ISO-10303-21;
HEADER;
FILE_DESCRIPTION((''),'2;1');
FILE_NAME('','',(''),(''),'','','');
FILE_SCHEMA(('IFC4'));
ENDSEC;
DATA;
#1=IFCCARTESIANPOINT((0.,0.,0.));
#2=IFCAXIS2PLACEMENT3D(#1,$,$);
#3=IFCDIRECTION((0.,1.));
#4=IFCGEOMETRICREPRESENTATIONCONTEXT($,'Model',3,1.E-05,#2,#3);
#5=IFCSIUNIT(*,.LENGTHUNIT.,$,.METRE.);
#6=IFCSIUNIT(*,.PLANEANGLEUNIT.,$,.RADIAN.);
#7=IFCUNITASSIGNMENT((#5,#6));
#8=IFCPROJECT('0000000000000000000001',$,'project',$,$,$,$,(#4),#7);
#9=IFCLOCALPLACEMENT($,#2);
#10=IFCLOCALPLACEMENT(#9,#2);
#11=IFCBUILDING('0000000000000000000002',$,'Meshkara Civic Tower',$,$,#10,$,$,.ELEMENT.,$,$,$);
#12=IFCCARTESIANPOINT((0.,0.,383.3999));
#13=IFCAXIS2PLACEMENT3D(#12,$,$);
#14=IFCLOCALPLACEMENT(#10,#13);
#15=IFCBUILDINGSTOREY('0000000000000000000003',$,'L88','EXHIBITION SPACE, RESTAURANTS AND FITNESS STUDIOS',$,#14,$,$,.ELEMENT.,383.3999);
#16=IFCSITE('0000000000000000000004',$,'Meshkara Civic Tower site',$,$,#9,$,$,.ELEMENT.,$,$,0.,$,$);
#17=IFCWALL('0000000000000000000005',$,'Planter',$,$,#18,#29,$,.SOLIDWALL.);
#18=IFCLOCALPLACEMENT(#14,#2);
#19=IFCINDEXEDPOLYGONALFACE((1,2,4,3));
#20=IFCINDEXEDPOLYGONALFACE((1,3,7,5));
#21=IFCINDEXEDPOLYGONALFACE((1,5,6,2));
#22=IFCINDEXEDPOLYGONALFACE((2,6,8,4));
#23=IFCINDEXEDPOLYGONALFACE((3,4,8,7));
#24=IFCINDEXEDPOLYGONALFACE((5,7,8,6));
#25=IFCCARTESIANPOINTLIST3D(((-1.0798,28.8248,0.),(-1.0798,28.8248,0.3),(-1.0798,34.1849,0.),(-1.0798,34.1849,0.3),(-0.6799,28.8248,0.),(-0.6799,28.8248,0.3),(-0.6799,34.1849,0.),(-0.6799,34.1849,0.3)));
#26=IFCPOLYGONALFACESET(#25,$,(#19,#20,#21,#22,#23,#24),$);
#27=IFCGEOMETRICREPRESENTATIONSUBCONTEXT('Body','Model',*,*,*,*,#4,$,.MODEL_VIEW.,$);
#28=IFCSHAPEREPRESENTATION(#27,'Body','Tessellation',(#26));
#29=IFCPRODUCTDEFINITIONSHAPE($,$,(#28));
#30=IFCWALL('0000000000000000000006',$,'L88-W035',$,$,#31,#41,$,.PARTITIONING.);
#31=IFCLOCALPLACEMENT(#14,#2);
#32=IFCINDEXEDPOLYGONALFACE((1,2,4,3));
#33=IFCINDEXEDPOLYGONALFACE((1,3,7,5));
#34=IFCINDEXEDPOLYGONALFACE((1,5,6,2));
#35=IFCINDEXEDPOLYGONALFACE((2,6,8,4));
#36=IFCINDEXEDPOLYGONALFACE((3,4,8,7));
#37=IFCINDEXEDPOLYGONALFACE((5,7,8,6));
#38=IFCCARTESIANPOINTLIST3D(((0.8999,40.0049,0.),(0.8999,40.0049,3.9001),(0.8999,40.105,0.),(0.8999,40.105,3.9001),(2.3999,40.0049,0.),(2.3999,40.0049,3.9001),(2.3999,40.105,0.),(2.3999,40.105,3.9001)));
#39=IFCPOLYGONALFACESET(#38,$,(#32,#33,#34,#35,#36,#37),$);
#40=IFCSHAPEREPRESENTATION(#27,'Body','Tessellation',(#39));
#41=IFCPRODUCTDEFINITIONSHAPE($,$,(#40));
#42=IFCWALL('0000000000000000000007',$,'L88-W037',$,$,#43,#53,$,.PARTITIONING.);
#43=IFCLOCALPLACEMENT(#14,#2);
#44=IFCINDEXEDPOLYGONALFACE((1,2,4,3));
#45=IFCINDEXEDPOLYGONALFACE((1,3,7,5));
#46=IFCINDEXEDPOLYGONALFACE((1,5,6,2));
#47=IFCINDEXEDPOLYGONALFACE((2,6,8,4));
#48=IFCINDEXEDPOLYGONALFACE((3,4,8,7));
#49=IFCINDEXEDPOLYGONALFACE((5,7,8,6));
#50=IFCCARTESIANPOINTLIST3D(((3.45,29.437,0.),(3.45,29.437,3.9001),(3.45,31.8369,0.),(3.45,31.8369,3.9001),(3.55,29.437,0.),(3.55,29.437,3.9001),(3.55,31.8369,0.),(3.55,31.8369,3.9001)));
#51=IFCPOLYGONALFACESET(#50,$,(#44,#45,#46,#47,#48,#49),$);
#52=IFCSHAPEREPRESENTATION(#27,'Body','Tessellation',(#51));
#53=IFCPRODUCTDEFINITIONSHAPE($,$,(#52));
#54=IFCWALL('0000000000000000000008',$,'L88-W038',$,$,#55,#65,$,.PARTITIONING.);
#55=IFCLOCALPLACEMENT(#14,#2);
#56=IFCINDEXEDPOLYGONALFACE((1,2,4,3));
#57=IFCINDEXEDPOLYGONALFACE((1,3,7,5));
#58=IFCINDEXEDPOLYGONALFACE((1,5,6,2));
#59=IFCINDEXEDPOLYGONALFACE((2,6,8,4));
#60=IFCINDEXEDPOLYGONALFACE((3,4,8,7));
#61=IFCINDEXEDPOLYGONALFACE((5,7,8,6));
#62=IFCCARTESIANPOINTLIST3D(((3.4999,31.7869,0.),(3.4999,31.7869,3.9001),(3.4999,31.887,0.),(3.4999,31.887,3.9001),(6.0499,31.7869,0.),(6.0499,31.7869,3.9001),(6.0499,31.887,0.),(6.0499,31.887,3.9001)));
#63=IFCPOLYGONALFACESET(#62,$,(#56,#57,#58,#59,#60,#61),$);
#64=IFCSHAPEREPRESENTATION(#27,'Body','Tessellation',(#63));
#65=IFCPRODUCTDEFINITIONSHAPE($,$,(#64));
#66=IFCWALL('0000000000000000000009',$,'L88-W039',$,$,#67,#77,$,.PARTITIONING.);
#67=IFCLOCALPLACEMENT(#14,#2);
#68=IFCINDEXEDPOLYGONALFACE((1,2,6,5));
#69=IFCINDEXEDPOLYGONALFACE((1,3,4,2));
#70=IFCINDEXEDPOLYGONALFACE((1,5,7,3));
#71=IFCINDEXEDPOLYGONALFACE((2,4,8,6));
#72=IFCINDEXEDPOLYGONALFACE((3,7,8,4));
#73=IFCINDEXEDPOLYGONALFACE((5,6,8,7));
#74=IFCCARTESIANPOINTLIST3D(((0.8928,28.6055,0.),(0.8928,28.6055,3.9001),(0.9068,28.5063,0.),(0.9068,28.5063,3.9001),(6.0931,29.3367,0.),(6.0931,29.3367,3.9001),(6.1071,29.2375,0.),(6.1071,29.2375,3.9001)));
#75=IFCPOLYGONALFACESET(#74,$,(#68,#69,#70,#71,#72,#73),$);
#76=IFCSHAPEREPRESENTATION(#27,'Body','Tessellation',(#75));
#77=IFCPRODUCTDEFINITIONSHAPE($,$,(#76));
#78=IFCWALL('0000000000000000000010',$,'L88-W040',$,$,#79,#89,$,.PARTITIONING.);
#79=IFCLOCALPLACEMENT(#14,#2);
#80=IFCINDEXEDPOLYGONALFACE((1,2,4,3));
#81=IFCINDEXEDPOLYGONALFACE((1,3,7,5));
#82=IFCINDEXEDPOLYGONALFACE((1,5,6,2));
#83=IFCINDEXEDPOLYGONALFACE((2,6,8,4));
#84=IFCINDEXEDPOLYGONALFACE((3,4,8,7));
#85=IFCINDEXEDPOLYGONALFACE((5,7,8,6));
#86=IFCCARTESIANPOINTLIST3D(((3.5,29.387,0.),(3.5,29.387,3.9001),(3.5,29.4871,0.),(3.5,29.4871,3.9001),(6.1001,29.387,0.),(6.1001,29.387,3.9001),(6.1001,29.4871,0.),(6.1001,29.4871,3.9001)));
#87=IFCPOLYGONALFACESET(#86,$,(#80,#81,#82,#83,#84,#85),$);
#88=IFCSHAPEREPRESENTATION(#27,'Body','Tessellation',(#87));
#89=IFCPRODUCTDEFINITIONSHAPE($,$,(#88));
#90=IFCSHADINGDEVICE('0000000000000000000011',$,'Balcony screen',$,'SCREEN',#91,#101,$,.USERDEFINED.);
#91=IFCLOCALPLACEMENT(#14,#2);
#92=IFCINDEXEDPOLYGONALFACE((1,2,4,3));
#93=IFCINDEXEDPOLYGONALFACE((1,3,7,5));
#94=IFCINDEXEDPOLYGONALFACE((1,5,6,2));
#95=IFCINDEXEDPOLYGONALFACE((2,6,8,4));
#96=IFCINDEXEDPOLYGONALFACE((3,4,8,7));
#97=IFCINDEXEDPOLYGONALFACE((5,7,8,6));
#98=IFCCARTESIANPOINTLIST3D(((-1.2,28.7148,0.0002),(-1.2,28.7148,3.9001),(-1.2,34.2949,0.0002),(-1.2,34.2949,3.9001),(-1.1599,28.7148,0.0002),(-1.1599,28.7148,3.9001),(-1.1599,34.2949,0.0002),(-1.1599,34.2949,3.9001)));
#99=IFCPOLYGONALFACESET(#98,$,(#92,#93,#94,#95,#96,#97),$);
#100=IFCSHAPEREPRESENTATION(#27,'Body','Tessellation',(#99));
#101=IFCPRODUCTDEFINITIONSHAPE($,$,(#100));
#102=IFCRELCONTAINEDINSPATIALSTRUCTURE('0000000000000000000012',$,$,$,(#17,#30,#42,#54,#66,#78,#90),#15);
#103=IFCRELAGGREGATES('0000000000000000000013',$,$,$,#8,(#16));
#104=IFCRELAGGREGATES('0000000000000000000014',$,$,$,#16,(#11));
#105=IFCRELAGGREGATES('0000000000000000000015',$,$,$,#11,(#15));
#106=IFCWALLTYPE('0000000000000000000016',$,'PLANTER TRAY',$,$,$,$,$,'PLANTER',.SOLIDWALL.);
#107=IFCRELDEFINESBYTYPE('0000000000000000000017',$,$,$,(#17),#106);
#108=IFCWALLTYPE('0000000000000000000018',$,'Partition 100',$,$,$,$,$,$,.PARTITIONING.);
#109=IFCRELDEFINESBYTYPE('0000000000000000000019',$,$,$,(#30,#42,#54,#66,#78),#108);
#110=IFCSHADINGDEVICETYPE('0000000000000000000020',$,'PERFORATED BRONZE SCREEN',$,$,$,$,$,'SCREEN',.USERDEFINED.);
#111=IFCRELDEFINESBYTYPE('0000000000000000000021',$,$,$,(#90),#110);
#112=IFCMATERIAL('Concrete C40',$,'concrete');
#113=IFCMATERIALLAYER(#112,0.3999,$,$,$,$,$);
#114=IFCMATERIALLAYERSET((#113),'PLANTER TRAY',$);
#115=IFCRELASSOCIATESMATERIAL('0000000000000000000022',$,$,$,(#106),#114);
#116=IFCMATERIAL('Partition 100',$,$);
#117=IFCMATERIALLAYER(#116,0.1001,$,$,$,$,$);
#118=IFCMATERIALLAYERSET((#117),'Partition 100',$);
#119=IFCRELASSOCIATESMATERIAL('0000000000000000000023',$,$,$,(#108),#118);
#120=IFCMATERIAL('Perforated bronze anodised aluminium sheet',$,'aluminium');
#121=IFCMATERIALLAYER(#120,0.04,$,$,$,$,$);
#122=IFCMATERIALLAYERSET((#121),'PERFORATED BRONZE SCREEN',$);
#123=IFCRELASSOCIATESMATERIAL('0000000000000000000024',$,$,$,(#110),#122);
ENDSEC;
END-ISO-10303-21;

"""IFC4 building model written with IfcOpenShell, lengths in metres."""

from ifc_helpers import new_model, si_unit, direction, frame, frame_2d, origin, origin_2d, place, context, subcontext, project, spatial, rectangle, extrude, material, layer, layer_set, type_object, element, save


model = new_model("IFC4")

# Units and contexts
model_context = context("Model", 3, precision=1e-05, world=origin(), true_north=direction((0.0, 1.0)))
body_context = subcontext(model_context, "Body", "Model", "MODEL_VIEW")
ifc_project = project(units=[si_unit("LENGTHUNIT", "METRE"), si_unit("PLANEANGLEUNIT", "RADIAN")], contexts=[model_context])

# Site, building, storey
site_placement = place(None, origin())
site = spatial("IfcSite", under=ifc_project, at=site_placement, Name="Meshkara Civic Tower site", CompositionType="ELEMENT", RefElevation=0.0)
building_placement = place(site_placement, origin())
building = spatial("IfcBuilding", under=site, at=building_placement, Name="Meshkara Civic Tower", CompositionType="ELEMENT")
storey_placement = place(building_placement, frame((0.0, 0.0, 383.3999)))
storey = spatial("IfcBuildingStorey", under=building, at=storey_placement, Name="L88", Description="EXHIBITION SPACE, RESTAURANTS AND FITNESS STUDIOS", CompositionType="ELEMENT", Elevation=383.3999)

# Walls
ifc_material_1 = material(Name="Concrete C40", Category="concrete")
ifc_layer_1 = layer(ifc_material_1, 0.3999)
ifc_layer_set_1 = layer_set([ifc_layer_1], Name="PLANTER TRAY")
wall_type_1 = type_object("IfcWallType", Name="PLANTER TRAY", ElementType="PLANTER", PredefinedType="SOLIDWALL", material=ifc_layer_set_1)
wall_1_placement = place(storey_placement, frame((-0.8799, 34.1851, 0.0), z_axis=(0.0, 0.0, 1.0), x_axis=(0.0, -1.0, 0.0)))
element("IfcWall", 1, at=wall_1_placement, inside=storey, type_object=wall_type_1, Name="Planter", PredefinedType="SOLIDWALL", context=body_context, shape_type="SweptSolid", body=[
    extrude(rectangle(XDim=5.3601, YDim=0.3999, at=frame_2d((2.6802, 0.0))), origin(), (0.0, 0.0, 1.0), 0.3),
])
ifc_material_2 = material(Name="Partition 100")
ifc_layer_2 = layer(ifc_material_2, 0.1001)
ifc_layer_set_2 = layer_set([ifc_layer_2], Name="Partition 100")
wall_type_2 = type_object("IfcWallType", Name="Partition 100", PredefinedType="PARTITIONING", material=ifc_layer_set_2)
wall_2_placement = place(storey_placement, frame((2.3999, 40.0549, 0.0), z_axis=(0.0, 0.0, 1.0), x_axis=(-1.0, 0.0, 0.0)))
element("IfcWall", 2, at=wall_2_placement, inside=storey, type_object=wall_type_2, Name="L88-W035", PredefinedType="PARTITIONING", context=body_context, shape_type="SweptSolid", body=[
    extrude(rectangle(XDim=1.5, YDim=0.1001, at=frame_2d((0.75, 0.0))), origin(), (0.0, 0.0, 1.0), 3.9001),
])
wall_3_placement = place(storey_placement, frame((3.5, 29.437, 0.0), z_axis=(0.0, 0.0, 1.0), x_axis=(0.0, 1.0, 0.0)))
element("IfcWall", 3, at=wall_3_placement, inside=storey, type_object=wall_type_2, Name="L88-W037", PredefinedType="PARTITIONING", context=body_context, shape_type="SweptSolid", body=[
    extrude(rectangle(XDim=2.3999, YDim=0.1001, at=frame_2d((1.2, 0.0))), origin(), (0.0, 0.0, 1.0), 3.9001),
])
wall_4_placement = place(storey_placement, frame((3.5, 31.8369, 0.0), z_axis=(0.0, 0.0, 1.0), x_axis=(1.0, 0.0, 0.0)))
element("IfcWall", 4, at=wall_4_placement, inside=storey, type_object=wall_type_2, Name="L88-W038", PredefinedType="PARTITIONING", context=body_context, shape_type="SweptSolid", body=[
    extrude(rectangle(XDim=2.55, YDim=0.1001, at=frame_2d((1.2749, 0.0))), origin(), (0.0, 0.0, 1.0), 3.9001),
])
wall_5_placement = place(storey_placement, frame((6.1001, 29.2871, 0.0), z_axis=(0.0, 0.0, 1.0), x_axis=(-0.990259, -0.139241, 0.0)))
element("IfcWall", 5, at=wall_5_placement, inside=storey, type_object=wall_type_2, Name="L88-W039", PredefinedType="PARTITIONING", context=body_context, shape_type="SweptSolid", body=[
    extrude(rectangle(XDim=5.2515, YDim=0.1001, at=frame_2d((2.6257, 0.0))), origin(), (0.0, 0.0, 1.0), 3.9001),
])
wall_6_placement = place(storey_placement, frame((6.1001, 29.437, 0.0), z_axis=(0.0, 0.0, 1.0), x_axis=(-1.0, 0.0, 0.0)))
element("IfcWall", 6, at=wall_6_placement, inside=storey, type_object=wall_type_2, Name="L88-W040", PredefinedType="PARTITIONING", context=body_context, shape_type="SweptSolid", body=[
    extrude(rectangle(XDim=2.6001, YDim=0.1001, at=frame_2d((1.3, 0.0))), origin(), (0.0, 0.0, 1.0), 3.9001),
])

# Shading device
ifc_material_3 = material(Name="Perforated bronze anodised aluminium sheet", Category="aluminium")
ifc_layer_3 = layer(ifc_material_3, 0.04)
ifc_layer_set_3 = layer_set([ifc_layer_3], Name="PERFORATED BRONZE SCREEN")
shading_device_type = type_object("IfcShadingDeviceType", Name="PERFORATED BRONZE SCREEN", ElementType="SCREEN", PredefinedType="USERDEFINED", material=ifc_layer_set_3)
shading_device_placement = place(storey_placement, frame((-1.1799, 31.5049, 0.0002), z_axis=(0.0, 0.0, 1.0), x_axis=(0.0, -1.0, 0.0)))
element("IfcShadingDevice", 7, at=shading_device_placement, inside=storey, type_object=shading_device_type, Name="Balcony screen", ObjectType="SCREEN", PredefinedType="USERDEFINED", context=body_context, shape_type="SweptSolid", body=[
    extrude(rectangle(XDim=5.5801, YDim=0.04, at=origin_2d()), origin(), (0.0, 0.0, 1.0), 3.8999),
])

save(model, "model.ifc")
